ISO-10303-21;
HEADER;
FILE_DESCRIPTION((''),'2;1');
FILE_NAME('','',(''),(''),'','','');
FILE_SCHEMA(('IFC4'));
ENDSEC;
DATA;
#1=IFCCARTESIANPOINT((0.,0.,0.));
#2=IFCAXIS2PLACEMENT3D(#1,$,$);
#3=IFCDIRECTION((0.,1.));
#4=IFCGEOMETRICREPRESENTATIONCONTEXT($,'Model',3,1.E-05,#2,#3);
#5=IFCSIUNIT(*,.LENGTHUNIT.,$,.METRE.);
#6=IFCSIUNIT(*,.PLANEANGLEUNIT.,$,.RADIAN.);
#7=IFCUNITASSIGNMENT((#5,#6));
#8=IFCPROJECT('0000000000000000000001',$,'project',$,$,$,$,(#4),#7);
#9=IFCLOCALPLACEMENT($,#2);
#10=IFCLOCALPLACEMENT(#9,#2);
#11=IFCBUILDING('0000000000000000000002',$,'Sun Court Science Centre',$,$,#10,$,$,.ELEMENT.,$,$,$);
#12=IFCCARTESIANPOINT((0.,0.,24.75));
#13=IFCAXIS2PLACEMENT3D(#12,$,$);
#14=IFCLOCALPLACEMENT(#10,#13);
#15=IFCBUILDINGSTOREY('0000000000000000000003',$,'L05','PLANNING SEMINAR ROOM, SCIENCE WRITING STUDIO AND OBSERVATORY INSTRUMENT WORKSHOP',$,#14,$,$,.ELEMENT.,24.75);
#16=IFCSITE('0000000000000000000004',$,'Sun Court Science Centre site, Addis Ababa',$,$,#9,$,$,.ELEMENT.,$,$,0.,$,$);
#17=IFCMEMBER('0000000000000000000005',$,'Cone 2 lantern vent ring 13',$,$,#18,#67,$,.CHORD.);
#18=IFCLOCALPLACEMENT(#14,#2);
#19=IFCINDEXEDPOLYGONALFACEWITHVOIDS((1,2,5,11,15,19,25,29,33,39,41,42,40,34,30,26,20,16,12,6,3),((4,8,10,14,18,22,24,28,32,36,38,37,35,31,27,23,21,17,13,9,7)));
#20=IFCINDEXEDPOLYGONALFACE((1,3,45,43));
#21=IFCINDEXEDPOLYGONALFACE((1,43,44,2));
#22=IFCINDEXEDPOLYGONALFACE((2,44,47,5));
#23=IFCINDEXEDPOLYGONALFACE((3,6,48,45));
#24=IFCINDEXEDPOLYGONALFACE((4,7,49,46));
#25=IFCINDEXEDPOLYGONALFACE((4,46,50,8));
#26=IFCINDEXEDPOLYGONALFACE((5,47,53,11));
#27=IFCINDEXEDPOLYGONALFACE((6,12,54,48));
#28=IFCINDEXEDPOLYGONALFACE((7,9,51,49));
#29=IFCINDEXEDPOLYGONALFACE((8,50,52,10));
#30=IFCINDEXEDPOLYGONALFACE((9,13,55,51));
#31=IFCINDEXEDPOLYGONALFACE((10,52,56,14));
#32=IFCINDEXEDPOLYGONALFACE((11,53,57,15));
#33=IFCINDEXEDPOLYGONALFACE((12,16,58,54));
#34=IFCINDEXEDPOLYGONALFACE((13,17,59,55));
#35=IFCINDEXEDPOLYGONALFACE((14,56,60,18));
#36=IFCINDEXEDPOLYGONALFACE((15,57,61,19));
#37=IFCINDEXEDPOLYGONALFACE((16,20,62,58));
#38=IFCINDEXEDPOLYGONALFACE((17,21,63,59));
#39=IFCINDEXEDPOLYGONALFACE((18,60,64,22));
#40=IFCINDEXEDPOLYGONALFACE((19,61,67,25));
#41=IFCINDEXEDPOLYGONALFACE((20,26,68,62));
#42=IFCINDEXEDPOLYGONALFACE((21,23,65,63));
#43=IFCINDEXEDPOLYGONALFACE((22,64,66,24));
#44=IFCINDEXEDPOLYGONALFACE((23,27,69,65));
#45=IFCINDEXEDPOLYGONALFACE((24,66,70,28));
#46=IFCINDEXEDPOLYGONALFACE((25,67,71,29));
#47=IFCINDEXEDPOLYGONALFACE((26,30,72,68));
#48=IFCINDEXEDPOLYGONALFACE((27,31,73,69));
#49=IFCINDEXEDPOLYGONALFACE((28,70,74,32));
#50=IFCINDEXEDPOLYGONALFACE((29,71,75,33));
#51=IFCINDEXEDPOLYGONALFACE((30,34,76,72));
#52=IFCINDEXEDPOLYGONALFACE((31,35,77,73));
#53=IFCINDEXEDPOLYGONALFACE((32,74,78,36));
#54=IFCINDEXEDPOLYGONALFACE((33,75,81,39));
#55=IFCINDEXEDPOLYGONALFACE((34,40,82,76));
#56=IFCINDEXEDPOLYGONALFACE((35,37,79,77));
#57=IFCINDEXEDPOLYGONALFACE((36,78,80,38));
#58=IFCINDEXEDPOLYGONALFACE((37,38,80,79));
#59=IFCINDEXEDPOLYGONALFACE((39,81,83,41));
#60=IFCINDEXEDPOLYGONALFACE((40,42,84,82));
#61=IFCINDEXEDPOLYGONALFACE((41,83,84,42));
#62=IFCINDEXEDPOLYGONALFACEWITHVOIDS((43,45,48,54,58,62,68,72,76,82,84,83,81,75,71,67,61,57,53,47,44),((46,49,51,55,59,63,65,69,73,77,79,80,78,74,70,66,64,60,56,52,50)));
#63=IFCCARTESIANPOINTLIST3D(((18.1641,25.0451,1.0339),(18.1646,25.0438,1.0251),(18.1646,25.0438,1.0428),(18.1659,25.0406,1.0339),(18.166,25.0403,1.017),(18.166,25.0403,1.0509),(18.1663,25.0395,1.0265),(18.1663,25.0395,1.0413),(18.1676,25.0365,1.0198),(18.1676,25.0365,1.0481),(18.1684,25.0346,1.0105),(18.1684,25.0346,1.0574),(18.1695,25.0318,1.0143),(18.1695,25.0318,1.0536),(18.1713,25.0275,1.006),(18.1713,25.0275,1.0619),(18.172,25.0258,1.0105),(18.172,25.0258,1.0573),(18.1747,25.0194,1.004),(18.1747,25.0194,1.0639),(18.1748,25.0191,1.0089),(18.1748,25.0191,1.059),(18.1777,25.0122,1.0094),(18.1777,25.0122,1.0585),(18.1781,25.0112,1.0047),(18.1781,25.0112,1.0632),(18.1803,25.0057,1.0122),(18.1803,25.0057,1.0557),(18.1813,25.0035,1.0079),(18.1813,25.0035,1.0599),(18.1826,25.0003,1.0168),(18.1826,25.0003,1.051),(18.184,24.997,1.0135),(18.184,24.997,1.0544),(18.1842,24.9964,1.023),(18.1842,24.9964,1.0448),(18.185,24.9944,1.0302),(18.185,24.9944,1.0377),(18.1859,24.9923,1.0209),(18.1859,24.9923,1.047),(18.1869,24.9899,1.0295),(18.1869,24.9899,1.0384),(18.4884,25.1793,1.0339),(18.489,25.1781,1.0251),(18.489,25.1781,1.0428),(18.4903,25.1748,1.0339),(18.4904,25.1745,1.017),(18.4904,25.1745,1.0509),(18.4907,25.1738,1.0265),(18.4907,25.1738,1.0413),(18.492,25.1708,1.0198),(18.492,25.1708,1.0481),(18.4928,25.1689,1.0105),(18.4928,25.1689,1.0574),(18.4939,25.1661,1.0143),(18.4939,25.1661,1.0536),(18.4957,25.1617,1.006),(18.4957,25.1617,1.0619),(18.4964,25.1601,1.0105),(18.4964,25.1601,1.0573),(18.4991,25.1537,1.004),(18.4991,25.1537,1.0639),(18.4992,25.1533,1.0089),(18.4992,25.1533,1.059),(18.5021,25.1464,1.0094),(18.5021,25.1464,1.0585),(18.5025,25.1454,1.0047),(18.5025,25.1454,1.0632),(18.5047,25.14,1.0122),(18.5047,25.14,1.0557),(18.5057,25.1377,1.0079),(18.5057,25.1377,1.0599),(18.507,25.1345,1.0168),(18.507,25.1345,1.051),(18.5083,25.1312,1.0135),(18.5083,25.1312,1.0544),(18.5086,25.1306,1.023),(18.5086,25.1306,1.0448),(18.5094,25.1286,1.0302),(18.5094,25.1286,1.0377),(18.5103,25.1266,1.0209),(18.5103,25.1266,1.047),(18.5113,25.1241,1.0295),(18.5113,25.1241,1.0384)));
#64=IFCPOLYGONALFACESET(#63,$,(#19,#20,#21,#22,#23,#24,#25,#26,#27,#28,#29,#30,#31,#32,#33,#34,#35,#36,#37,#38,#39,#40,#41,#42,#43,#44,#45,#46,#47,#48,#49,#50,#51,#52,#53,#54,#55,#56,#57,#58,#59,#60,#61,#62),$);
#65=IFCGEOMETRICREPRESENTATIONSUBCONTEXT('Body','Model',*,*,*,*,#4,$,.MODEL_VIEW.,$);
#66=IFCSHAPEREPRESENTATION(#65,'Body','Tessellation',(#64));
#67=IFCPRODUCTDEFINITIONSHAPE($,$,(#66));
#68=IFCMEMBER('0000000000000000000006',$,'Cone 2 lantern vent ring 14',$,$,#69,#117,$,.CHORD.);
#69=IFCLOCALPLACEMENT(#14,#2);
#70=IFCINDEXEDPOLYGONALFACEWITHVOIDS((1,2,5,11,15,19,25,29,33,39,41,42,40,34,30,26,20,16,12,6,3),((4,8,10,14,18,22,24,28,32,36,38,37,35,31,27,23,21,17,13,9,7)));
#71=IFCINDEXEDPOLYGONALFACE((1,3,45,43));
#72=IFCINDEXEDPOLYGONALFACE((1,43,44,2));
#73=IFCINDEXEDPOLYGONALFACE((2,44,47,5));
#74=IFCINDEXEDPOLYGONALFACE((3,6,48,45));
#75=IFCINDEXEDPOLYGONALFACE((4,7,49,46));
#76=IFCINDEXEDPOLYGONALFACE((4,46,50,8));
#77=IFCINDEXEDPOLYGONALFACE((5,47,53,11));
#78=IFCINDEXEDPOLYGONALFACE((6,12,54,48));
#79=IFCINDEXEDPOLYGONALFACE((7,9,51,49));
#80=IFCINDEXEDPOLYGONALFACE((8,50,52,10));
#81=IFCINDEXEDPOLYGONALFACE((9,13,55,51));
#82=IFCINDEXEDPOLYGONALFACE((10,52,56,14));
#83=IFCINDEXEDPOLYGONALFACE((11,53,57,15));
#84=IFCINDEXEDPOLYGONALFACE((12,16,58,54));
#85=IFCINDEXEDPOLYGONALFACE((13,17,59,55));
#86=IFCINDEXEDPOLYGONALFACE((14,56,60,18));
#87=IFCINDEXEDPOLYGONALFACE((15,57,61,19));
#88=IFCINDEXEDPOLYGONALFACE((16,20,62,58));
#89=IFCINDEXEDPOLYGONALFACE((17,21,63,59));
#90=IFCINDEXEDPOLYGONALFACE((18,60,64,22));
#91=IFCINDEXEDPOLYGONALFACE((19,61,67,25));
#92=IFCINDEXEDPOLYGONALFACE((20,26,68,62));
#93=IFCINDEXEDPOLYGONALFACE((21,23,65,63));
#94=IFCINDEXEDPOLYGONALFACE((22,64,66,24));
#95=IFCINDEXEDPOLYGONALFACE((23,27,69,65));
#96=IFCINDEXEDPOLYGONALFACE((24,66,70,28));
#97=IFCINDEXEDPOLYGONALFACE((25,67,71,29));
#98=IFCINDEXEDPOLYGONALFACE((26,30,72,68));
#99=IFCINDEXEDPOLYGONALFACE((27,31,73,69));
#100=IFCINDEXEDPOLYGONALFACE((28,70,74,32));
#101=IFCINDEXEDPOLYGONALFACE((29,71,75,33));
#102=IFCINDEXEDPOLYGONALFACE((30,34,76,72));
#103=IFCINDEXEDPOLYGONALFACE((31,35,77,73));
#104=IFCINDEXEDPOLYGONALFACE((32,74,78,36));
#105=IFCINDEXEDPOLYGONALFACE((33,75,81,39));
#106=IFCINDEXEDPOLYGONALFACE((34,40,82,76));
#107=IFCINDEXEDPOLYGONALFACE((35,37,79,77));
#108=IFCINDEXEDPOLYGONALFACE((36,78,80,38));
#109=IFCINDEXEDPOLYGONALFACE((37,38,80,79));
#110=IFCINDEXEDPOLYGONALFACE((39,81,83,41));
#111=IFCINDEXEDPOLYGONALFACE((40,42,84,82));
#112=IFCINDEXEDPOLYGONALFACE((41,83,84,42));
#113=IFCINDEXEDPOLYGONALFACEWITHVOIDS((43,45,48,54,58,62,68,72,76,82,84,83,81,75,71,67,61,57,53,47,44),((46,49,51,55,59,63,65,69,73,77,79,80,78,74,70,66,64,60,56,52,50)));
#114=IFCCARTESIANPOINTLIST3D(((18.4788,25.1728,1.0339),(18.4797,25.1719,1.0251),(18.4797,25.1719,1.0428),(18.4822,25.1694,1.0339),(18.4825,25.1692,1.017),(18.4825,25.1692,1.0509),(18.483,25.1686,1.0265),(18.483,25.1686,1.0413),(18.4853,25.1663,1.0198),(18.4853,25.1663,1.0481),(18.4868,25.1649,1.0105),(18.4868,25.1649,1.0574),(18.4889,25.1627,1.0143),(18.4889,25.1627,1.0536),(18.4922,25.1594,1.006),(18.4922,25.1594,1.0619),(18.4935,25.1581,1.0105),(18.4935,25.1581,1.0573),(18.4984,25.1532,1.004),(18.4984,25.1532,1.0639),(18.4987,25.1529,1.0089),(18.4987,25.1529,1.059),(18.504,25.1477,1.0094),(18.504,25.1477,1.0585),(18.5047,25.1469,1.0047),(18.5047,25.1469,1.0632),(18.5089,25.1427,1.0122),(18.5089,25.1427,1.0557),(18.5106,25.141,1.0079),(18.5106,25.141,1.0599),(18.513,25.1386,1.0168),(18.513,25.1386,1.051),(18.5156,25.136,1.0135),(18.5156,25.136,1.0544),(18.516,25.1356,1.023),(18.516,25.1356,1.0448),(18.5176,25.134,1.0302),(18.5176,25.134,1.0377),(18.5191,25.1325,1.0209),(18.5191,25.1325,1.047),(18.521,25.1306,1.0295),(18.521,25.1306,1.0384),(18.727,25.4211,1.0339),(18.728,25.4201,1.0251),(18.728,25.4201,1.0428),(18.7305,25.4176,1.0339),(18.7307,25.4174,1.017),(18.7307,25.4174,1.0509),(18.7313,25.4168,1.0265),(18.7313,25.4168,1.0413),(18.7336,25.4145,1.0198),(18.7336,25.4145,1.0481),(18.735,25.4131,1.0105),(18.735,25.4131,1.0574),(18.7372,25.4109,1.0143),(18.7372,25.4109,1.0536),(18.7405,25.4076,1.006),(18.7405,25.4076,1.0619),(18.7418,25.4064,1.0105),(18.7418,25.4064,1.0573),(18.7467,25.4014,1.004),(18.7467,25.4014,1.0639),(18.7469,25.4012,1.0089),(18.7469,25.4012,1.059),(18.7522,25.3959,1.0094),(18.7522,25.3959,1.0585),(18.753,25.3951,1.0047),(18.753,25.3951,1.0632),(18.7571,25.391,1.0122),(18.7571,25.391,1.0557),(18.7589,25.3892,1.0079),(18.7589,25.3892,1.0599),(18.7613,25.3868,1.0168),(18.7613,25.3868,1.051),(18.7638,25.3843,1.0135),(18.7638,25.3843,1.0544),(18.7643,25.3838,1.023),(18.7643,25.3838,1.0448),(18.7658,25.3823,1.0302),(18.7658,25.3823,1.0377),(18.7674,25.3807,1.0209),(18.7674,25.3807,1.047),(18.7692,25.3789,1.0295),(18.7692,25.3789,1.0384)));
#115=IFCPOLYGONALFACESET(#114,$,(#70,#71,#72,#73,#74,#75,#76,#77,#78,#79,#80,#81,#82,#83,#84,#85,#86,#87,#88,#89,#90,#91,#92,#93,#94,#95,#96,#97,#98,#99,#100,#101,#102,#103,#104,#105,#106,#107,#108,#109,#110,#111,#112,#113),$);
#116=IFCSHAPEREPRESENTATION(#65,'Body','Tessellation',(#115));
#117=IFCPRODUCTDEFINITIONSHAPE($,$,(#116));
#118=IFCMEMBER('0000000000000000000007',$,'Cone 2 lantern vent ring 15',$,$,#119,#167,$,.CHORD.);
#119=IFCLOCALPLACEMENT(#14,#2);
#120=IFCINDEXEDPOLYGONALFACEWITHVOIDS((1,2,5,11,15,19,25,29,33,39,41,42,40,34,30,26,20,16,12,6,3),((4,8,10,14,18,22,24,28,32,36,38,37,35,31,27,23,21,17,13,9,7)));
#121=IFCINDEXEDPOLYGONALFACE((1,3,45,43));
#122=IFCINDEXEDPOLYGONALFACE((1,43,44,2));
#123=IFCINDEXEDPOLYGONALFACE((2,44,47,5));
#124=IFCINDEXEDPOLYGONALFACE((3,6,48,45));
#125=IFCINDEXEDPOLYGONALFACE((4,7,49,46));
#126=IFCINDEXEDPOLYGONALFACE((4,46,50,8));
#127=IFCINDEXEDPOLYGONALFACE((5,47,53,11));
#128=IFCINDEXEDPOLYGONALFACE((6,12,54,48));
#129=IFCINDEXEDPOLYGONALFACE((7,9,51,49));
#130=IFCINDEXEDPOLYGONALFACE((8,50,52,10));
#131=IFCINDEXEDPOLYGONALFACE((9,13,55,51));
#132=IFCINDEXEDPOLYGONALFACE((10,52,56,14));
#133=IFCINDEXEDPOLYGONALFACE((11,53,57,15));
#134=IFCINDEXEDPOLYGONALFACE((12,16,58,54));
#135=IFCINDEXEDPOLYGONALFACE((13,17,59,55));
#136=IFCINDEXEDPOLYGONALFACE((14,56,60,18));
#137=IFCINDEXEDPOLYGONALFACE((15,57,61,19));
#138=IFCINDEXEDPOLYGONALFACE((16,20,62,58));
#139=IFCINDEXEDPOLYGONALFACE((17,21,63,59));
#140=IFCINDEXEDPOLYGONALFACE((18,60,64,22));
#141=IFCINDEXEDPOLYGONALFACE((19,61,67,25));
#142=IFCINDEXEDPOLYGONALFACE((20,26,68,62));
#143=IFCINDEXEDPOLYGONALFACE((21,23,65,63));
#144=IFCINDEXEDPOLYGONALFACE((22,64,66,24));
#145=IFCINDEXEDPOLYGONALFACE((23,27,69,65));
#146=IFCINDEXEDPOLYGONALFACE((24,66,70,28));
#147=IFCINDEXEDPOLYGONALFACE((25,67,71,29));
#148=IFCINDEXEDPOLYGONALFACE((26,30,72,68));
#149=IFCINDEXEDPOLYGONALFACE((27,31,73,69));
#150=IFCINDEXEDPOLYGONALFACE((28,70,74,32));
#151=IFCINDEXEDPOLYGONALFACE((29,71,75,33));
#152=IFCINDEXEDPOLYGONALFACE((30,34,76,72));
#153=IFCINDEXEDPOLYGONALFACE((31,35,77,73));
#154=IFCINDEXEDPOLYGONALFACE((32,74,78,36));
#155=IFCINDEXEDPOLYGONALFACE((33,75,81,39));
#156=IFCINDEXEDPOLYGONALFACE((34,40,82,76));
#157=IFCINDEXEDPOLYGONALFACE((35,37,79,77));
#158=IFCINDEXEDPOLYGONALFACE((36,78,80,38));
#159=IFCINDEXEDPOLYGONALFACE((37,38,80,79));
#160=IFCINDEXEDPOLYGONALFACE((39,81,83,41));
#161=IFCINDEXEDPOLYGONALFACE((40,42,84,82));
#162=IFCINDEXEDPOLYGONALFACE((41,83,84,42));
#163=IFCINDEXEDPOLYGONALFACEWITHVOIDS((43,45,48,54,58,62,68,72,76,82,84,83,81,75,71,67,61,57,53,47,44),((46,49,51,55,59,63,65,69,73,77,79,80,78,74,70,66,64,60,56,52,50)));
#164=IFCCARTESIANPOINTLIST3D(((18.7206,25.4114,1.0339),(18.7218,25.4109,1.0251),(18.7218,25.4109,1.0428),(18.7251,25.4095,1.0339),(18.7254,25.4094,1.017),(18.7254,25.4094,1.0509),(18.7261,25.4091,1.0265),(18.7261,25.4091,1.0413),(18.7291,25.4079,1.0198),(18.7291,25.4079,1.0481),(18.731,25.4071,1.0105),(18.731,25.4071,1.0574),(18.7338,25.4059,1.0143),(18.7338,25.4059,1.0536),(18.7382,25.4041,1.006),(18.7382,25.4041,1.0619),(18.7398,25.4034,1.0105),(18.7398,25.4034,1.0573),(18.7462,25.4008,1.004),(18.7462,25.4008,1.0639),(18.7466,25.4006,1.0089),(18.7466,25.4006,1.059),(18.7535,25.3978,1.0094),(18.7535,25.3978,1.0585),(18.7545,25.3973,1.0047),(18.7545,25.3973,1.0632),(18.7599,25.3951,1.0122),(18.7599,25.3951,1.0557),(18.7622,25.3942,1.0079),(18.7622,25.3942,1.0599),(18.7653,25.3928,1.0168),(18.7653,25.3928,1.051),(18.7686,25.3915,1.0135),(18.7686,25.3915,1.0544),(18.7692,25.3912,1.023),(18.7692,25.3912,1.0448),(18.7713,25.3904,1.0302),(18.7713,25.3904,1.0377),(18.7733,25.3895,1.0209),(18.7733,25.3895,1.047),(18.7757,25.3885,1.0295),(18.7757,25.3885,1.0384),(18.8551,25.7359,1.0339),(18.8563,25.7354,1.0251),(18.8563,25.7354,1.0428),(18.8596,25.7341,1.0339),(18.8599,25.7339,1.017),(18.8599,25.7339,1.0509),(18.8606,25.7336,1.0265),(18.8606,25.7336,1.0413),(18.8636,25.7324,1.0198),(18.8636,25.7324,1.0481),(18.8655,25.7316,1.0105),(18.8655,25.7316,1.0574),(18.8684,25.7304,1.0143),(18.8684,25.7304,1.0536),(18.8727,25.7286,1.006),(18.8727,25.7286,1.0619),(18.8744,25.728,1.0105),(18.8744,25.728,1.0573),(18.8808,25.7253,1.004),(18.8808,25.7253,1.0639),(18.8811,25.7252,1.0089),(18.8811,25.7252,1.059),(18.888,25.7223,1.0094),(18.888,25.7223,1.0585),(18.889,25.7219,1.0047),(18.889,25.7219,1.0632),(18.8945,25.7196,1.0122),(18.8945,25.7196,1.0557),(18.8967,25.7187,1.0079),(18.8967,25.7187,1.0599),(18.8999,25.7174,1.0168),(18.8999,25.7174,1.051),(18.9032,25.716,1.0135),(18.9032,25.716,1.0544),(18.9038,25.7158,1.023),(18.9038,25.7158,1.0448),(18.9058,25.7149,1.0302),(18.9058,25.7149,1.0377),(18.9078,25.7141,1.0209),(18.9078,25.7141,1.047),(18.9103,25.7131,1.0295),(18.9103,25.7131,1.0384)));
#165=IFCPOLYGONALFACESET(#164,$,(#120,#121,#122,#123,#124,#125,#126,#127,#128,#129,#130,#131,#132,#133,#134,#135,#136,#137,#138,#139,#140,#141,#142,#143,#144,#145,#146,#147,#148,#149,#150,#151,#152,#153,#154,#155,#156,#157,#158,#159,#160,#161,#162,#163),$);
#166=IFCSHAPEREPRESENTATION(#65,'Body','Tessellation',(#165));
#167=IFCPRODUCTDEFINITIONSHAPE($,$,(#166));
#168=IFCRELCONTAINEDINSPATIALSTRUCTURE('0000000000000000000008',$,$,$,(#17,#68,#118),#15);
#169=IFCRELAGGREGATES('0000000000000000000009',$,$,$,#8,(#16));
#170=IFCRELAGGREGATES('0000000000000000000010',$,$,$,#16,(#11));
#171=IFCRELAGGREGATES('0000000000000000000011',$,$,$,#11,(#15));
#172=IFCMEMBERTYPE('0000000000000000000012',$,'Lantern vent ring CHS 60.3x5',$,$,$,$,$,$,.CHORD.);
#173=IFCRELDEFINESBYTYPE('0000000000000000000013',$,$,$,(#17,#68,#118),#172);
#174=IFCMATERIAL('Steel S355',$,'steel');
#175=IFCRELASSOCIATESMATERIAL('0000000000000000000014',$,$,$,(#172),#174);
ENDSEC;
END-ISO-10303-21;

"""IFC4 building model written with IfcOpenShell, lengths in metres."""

from ifc_helpers import new_model, si_unit, direction, frame, origin, origin_2d, place, context, subcontext, project, spatial, hollow_circle, extrude, material, material_profile, profile_set, type_object, element, save


model = new_model("IFC4")

# Units and contexts
model_context = context("Model", 3, precision=1e-05, world=origin(), true_north=direction((0.0, 1.0)))
body_context = subcontext(model_context, "Body", "Model", "MODEL_VIEW")
ifc_project = project(units=[si_unit("LENGTHUNIT", "METRE"), si_unit("PLANEANGLEUNIT", "RADIAN")], contexts=[model_context])

# Site, building, storey
site_placement = place(None, origin())
site = spatial("IfcSite", under=ifc_project, at=site_placement, Name="Sun Court Science Centre site, Addis Ababa", CompositionType="ELEMENT", RefElevation=0.0)
building_placement = place(site_placement, origin())
building = spatial("IfcBuilding", under=site, at=building_placement, Name="Sun Court Science Centre", CompositionType="ELEMENT")
storey_placement = place(building_placement, frame((0.0, 0.0, 24.75)))
storey = spatial("IfcBuildingStorey", under=building, at=storey_placement, Name="L05", Description="PLANNING SEMINAR ROOM, SCIENCE WRITING STUDIO AND OBSERVATORY INSTRUMENT WORKSHOP", CompositionType="ELEMENT", Elevation=24.75)

# Members
ifc_material_1 = material(Name="Steel S355", Category="steel")
ifc_material_profile_1 = material_profile(ifc_material_1, hollow_circle(Radius=0.03, WallThickness=0.0049, at=origin_2d()), Name="CHS 60.3x5")
ifc_profile_set_1 = profile_set([ifc_material_profile_1], Name="Steel S355")
member_type_1 = type_object("IfcMemberType", Name="Lantern vent ring CHS 60.3x5", PredefinedType="CHORD", material=ifc_profile_set_1)
for number, where, z_axis, x_axis, name in (
    (1, (18.1755, 25.0173, 1.0339), (0.924, 0.382393, 0.0), (-0.382393, 0.924, 0.0), "Cone 2 lantern vent ring 13"),
    (2, (18.5, 25.1516, 1.0339), (0.707107, 0.707107, 0.0), (-0.707107, 0.707107, 0.0), "Cone 2 lantern vent ring 14"),
):
    element("IfcMember", number, at=place(storey_placement, frame(where, z_axis=z_axis, x_axis=x_axis)), inside=storey, type_object=member_type_1, Name=name, PredefinedType="CHORD", context=body_context, shape_type="SweptSolid", body=[
        extrude(hollow_circle(Radius=0.03, WallThickness=0.0049, at=origin_2d()), origin(), (0.0, 0.0, 1.0), 0.3511),
    ])
for number, where, z_axis, x_axis, name in (
    (3, (18.7483, 25.3999, 1.0339), (0.382986, 0.923754, 0.0), (-0.923754, 0.382986, 0.0), "Cone 2 lantern vent ring 15"),
):
    element("IfcMember", number, at=place(storey_placement, frame(where, z_axis=z_axis, x_axis=x_axis)), inside=storey, type_object=member_type_1, Name=name, PredefinedType="CHORD", context=body_context, shape_type="SweptSolid", body=[
        extrude(hollow_circle(Radius=0.03, WallThickness=0.0049, at=origin_2d()), origin(), (0.0, 0.0, 1.0), 0.3513),
    ])

save(model, "model.ifc")
